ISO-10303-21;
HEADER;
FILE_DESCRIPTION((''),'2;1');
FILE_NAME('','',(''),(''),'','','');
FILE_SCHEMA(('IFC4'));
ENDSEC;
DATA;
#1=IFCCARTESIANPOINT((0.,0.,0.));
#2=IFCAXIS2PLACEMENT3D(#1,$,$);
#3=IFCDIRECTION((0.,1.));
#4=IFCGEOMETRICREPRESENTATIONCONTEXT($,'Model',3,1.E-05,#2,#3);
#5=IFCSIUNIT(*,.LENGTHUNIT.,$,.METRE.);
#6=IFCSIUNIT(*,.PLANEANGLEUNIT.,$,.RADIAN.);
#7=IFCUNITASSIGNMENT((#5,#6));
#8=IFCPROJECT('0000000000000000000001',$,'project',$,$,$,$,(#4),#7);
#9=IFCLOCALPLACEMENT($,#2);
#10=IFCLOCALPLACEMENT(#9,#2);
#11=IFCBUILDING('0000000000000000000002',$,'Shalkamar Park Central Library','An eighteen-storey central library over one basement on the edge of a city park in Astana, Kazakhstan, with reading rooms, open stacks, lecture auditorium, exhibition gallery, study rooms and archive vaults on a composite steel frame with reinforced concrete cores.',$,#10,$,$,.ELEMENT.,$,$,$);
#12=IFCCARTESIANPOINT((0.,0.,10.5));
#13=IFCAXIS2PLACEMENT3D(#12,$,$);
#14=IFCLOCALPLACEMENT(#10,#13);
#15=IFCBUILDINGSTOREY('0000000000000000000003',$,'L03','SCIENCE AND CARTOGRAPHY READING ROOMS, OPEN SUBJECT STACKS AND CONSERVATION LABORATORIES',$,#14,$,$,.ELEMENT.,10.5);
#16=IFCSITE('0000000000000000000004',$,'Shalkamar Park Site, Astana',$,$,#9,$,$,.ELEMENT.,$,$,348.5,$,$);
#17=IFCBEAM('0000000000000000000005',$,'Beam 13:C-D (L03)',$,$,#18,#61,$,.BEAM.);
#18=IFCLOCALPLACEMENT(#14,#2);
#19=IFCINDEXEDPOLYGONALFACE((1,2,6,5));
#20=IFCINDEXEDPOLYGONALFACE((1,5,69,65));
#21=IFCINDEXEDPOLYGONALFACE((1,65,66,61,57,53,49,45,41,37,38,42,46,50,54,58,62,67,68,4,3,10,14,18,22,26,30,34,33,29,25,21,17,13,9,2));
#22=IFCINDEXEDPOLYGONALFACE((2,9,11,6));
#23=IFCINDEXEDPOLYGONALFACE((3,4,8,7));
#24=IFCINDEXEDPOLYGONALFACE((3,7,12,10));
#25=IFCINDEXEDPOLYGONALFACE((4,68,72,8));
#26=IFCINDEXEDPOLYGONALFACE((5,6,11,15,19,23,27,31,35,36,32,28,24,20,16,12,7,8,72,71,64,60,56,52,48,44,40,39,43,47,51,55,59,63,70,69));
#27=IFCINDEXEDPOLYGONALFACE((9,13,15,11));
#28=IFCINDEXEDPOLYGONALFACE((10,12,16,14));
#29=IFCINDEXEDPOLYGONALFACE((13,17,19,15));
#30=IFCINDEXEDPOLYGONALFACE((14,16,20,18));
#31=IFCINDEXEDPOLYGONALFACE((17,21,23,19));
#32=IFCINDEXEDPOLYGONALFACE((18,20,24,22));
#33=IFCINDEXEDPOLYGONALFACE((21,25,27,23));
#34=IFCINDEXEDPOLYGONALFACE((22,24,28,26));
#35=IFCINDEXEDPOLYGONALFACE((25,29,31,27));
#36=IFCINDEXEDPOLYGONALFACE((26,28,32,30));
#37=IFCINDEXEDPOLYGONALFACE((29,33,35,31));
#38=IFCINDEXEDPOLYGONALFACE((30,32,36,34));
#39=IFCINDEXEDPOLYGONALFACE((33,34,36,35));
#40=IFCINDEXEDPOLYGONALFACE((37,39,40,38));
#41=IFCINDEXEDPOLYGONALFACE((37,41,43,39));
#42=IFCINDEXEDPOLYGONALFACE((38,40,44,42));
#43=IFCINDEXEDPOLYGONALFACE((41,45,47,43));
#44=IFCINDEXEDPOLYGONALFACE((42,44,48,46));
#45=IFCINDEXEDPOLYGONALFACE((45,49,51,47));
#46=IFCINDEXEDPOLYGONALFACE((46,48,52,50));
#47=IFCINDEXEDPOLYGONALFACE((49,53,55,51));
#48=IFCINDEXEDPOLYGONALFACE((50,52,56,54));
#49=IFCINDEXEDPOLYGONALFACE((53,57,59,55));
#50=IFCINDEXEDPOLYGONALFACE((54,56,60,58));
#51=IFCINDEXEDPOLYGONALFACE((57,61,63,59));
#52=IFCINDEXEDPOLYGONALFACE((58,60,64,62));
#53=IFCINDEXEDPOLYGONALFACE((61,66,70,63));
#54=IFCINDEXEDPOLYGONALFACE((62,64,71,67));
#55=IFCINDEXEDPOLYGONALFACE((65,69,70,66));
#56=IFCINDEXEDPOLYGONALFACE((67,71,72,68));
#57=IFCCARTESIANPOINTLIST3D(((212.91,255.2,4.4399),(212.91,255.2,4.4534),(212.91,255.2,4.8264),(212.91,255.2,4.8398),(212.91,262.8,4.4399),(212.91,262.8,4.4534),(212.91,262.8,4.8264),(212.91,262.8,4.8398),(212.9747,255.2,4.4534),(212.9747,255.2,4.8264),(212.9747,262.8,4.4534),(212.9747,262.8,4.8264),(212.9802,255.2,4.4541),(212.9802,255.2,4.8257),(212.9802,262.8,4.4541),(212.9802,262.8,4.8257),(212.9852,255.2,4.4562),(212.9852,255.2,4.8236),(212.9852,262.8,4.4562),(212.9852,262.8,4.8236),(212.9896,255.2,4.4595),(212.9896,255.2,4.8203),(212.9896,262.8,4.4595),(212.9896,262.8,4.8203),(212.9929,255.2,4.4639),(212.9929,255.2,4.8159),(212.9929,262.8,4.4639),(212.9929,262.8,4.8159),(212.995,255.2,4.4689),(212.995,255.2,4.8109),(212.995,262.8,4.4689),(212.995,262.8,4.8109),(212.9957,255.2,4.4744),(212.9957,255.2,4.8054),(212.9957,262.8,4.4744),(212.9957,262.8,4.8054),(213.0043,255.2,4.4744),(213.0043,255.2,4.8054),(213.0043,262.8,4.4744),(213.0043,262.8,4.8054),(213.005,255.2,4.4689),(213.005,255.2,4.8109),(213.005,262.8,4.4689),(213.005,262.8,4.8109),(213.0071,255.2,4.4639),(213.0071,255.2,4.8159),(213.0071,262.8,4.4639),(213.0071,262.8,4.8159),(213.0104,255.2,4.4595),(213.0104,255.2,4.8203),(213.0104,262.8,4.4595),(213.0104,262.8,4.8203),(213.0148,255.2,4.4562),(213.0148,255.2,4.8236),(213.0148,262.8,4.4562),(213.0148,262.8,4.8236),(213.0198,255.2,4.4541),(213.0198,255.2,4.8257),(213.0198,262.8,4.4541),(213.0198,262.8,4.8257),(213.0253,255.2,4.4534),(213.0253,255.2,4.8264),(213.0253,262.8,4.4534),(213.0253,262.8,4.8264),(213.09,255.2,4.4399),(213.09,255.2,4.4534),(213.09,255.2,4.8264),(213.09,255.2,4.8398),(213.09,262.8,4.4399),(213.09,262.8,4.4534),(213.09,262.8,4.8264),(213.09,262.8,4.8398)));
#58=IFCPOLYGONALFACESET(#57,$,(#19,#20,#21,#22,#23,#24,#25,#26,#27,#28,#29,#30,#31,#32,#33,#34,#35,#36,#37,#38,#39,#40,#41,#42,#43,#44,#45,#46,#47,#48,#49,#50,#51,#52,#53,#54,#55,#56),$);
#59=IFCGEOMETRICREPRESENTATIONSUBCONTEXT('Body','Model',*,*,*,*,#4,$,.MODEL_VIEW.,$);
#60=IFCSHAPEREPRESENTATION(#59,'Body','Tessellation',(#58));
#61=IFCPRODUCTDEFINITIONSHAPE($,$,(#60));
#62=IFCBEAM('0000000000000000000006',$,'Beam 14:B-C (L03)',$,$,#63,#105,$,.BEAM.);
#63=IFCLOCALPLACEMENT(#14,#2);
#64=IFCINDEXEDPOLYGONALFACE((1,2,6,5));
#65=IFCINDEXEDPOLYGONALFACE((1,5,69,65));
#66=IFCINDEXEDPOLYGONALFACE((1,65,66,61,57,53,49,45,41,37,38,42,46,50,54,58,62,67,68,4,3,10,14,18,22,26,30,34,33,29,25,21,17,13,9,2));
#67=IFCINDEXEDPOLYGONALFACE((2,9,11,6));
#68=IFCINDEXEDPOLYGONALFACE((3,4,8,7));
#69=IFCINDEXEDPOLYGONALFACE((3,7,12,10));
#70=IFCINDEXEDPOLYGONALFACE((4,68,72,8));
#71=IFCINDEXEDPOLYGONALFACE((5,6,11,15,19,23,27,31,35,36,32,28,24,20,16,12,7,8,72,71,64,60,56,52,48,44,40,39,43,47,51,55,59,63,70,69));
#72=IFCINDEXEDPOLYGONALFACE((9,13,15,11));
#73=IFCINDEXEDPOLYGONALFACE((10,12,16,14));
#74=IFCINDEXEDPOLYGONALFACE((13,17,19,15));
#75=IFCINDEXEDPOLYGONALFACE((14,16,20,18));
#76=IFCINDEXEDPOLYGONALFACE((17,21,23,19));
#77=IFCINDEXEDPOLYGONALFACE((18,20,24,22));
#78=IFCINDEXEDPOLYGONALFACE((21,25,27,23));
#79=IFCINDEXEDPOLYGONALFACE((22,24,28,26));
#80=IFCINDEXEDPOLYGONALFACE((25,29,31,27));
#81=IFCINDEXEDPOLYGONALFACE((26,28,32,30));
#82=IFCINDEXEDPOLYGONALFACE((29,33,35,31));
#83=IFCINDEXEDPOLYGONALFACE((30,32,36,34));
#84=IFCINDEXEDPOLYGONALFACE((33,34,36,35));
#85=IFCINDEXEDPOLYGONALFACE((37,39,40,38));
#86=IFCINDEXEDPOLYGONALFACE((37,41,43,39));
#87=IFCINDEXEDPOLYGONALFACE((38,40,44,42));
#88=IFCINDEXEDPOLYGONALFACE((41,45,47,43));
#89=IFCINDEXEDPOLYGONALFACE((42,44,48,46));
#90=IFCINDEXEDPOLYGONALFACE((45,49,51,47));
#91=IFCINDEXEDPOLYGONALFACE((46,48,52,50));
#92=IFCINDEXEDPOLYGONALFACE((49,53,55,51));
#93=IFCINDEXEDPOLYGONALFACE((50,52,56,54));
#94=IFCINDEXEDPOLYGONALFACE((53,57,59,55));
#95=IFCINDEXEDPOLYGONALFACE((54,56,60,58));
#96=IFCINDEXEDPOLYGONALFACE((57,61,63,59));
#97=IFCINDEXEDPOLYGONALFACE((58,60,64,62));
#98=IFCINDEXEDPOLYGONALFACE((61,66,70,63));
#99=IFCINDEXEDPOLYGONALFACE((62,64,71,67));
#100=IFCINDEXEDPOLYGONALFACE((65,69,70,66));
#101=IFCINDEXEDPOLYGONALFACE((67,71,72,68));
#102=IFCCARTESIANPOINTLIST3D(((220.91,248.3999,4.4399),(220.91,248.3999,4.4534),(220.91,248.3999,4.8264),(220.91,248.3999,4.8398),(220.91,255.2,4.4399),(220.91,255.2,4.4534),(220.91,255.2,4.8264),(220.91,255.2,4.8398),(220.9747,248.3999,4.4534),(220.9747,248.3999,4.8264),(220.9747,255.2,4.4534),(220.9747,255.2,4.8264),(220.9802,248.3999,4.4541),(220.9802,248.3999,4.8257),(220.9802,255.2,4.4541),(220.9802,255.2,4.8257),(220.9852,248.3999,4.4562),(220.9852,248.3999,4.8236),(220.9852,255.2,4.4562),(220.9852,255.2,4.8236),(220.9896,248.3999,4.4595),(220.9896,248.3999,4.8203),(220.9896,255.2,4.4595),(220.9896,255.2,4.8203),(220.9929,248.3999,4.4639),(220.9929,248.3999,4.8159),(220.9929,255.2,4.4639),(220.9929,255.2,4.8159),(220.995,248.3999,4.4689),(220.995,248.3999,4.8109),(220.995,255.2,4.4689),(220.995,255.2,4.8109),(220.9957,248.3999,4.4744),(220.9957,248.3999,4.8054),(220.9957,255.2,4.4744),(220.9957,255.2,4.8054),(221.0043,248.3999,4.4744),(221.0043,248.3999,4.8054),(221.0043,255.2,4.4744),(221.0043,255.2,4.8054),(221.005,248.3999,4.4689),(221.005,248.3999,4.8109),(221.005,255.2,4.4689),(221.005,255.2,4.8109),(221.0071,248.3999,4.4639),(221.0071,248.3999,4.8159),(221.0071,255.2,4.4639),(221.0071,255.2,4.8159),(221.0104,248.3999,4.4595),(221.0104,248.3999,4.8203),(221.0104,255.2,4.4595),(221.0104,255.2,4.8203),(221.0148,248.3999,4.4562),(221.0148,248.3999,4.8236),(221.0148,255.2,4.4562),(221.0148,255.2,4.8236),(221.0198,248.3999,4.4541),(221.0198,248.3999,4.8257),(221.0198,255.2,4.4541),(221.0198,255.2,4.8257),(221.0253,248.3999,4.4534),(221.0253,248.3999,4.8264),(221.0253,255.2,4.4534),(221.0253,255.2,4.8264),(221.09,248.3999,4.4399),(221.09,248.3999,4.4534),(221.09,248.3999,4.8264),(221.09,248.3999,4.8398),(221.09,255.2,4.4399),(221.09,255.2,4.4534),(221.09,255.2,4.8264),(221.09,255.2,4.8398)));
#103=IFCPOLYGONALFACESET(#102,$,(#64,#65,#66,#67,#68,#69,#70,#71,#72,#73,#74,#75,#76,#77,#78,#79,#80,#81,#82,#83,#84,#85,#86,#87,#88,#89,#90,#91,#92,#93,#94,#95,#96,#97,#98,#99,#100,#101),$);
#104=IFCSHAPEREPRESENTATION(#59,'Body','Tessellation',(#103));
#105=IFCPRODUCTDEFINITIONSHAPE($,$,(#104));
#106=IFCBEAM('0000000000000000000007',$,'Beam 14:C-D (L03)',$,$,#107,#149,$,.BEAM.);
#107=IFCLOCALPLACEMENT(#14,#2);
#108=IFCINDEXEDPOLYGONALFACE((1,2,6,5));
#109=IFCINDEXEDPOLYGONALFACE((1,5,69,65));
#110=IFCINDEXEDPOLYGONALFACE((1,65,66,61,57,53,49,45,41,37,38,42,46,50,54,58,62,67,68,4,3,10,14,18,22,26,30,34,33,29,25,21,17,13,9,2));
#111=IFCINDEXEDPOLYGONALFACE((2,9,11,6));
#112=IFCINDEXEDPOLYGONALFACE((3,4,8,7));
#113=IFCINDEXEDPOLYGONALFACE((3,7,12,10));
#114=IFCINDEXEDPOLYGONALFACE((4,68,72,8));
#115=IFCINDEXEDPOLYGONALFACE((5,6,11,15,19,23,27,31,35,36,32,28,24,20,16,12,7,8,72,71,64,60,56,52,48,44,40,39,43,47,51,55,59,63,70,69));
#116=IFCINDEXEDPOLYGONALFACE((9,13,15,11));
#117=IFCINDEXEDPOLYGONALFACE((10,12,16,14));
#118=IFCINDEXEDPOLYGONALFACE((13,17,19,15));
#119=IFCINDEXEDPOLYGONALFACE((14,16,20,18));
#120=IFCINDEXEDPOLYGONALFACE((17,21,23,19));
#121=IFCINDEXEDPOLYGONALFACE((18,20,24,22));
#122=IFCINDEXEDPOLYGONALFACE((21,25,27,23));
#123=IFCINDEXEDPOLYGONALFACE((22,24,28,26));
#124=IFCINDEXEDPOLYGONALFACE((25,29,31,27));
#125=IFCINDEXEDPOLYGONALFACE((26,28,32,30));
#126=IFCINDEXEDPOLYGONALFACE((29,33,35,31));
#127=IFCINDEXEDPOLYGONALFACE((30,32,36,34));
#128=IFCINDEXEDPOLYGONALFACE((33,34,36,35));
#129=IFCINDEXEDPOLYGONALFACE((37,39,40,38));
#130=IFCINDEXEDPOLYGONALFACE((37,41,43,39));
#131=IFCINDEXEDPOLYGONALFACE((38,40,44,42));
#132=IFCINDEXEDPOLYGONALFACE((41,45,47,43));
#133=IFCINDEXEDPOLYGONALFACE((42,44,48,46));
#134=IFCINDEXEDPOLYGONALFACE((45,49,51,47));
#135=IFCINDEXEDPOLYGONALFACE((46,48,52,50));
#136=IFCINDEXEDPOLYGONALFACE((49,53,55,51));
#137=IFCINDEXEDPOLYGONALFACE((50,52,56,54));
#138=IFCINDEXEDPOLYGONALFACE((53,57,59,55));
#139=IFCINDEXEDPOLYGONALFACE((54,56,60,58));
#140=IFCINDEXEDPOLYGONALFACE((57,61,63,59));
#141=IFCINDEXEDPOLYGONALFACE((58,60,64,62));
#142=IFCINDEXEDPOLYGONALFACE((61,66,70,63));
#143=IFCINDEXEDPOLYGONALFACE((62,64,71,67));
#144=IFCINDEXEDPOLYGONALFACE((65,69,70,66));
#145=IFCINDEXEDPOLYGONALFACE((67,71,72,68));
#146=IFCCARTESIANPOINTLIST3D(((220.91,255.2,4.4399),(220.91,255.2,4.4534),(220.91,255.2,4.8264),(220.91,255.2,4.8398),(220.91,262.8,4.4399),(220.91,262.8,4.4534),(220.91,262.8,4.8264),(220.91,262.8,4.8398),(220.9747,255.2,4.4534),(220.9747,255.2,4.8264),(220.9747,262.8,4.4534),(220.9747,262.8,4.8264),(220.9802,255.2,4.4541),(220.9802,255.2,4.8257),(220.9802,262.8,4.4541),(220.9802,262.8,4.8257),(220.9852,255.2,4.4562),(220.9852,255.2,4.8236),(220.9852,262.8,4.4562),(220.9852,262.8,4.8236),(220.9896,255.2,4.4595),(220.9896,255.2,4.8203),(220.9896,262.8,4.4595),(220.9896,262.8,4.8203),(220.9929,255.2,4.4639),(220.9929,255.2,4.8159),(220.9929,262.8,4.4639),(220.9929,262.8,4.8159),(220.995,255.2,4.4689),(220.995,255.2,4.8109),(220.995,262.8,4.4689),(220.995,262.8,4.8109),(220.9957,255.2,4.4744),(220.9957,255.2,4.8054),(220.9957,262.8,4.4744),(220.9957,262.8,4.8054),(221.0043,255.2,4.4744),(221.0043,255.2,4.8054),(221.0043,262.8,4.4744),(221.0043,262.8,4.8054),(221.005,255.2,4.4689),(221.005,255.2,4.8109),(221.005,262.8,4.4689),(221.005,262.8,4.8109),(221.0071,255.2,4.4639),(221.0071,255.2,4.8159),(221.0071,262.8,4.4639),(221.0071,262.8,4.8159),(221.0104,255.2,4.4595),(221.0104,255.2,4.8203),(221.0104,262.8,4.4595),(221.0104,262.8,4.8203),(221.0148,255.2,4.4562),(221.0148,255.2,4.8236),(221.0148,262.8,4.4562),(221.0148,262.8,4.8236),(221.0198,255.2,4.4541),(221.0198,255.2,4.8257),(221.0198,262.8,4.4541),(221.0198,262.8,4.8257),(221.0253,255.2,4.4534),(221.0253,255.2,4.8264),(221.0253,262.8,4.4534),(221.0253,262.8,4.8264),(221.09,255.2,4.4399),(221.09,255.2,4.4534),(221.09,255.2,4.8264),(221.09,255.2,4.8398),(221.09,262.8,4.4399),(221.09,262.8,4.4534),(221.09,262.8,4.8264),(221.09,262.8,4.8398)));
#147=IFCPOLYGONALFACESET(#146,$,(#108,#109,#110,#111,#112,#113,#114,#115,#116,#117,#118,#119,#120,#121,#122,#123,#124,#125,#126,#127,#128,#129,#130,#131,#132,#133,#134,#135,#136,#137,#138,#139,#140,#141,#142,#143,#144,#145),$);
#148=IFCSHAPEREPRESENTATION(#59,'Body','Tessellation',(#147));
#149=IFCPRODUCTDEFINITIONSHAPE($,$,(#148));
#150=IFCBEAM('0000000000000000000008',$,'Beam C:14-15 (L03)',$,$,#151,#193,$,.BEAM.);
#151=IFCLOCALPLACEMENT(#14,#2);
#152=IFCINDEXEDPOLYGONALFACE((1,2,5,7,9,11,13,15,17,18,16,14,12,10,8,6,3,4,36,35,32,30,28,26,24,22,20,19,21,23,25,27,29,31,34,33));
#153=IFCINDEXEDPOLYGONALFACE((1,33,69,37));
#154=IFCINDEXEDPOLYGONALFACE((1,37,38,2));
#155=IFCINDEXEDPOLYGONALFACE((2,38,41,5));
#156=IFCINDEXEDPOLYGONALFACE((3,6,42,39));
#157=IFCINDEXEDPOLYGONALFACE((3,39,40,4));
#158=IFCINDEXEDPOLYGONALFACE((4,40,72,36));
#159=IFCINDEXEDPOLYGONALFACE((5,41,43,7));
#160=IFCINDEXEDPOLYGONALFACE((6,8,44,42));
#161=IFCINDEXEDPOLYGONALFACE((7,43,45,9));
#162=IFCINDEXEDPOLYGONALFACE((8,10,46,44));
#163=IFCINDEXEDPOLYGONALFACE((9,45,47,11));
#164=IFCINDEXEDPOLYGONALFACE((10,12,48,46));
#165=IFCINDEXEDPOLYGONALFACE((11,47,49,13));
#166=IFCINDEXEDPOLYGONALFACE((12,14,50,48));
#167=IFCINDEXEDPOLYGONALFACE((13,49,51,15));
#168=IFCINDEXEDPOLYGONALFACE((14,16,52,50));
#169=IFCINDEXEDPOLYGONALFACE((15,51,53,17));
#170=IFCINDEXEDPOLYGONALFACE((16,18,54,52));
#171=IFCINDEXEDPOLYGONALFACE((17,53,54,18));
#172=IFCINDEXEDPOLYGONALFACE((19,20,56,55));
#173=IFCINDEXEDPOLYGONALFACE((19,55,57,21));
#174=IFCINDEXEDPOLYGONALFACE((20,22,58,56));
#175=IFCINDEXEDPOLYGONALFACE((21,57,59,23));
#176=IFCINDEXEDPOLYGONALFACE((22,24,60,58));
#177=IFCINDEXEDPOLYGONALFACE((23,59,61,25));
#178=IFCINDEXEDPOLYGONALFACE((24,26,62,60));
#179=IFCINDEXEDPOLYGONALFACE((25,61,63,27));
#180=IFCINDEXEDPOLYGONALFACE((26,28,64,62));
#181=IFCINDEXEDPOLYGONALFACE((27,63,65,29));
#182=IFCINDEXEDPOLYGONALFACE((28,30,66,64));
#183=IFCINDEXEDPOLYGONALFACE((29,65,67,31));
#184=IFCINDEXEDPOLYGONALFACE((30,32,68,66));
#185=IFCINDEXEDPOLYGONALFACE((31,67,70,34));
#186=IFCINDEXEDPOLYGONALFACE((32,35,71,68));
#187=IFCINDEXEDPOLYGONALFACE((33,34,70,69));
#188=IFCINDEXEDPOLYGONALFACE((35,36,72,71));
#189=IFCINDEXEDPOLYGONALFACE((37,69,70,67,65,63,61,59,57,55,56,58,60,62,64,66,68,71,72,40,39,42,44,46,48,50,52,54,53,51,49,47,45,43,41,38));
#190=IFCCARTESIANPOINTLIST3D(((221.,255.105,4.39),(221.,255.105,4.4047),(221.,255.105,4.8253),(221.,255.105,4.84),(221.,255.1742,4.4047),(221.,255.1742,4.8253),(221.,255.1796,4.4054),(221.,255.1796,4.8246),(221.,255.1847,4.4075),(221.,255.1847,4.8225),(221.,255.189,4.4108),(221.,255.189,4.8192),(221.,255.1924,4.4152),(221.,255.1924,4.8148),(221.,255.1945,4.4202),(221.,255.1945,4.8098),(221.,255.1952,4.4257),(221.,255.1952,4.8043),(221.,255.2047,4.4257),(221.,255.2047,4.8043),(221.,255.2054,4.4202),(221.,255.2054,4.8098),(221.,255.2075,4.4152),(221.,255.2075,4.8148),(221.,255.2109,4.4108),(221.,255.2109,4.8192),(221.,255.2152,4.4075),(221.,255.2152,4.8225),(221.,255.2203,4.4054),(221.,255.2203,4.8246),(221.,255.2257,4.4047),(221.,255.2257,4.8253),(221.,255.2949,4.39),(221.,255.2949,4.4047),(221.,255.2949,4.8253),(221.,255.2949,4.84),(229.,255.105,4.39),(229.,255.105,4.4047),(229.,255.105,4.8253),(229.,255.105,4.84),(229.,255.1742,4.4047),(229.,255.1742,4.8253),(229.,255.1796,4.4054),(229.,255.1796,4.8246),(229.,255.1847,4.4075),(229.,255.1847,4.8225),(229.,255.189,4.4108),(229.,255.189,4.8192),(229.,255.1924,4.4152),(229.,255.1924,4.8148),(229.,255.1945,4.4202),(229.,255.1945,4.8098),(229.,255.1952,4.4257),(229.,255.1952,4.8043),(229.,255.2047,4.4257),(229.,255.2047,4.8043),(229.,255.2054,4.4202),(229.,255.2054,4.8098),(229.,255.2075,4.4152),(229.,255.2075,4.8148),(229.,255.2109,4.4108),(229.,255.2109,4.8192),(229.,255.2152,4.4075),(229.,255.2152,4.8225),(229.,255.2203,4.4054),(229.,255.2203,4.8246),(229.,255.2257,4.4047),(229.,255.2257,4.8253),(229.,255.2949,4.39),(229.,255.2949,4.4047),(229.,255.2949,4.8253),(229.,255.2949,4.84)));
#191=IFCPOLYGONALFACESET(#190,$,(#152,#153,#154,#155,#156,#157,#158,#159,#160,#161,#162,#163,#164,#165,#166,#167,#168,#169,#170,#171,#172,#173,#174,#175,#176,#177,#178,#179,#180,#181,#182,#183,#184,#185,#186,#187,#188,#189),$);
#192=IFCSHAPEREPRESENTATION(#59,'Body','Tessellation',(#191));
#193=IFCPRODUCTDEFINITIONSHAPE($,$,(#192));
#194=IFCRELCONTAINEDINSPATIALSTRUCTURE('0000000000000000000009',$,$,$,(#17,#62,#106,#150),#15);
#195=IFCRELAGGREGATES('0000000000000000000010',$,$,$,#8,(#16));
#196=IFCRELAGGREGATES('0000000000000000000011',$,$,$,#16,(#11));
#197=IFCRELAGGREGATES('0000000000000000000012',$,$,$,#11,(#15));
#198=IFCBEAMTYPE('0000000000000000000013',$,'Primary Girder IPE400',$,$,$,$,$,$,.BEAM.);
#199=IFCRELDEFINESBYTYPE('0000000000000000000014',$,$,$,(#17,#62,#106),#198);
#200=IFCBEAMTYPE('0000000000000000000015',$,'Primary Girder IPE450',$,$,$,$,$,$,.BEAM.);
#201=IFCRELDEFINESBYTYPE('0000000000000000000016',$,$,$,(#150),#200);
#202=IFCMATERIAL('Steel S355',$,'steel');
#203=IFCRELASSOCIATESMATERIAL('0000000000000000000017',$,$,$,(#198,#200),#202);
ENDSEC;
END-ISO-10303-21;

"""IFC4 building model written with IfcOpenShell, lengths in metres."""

from ifc_helpers import new_model, si_unit, direction, frame, origin, origin_2d, place, context, subcontext, project, spatial, i_section, extrude, material, material_profile, profile_set, type_object, element, save


model = new_model("IFC4")

# Units and contexts
model_context = context("Model", 3, precision=1e-05, world=origin(), true_north=direction((0.0, 1.0)))
body_context = subcontext(model_context, "Body", "Model", "MODEL_VIEW")
ifc_project = project(units=[si_unit("LENGTHUNIT", "METRE"), si_unit("PLANEANGLEUNIT", "RADIAN")], contexts=[model_context])

# Site, building, storey
site_placement = place(None, origin())
site = spatial("IfcSite", under=ifc_project, at=site_placement, Name="Shalkamar Park Site, Astana", CompositionType="ELEMENT", RefElevation=348.5)
building_placement = place(site_placement, origin())
building = spatial("IfcBuilding", under=site, at=building_placement, Name="Shalkamar Park Central Library", Description="An eighteen-storey central library over one basement on the edge of a city park in Astana, Kazakhstan, with reading rooms, open stacks, lecture auditorium, exhibition gallery, study rooms and archive vaults on a composite steel frame with reinforced concrete cores.", CompositionType="ELEMENT")
storey_placement = place(building_placement, frame((0.0, 0.0, 10.5)))
storey = spatial("IfcBuildingStorey", under=building, at=storey_placement, Name="L03", Description="SCIENCE AND CARTOGRAPHY READING ROOMS, OPEN SUBJECT STACKS AND CONSERVATION LABORATORIES", CompositionType="ELEMENT", Elevation=10.5)

# Shared definitions
ifc_material_1 = material(Name="Steel S355", Category="steel")

# Beams
ifc_material_profile_1 = material_profile(ifc_material_1, i_section(OverallWidth=0.1799, OverallDepth=0.3999, WebThickness=0.0085, FlangeThickness=0.0134, FilletRadius=0.021, at=origin_2d()), Name="IPE 400")
ifc_profile_set_1 = profile_set([ifc_material_profile_1], Name="Steel S355")
beam_type_1 = type_object("IfcBeamType", Name="Primary Girder IPE400", PredefinedType="BEAM", material=ifc_profile_set_1)
beam_1_placement = place(storey_placement, frame((213.0, 255.2, 4.6399), z_axis=(0.0, 1.0, 0.0), x_axis=(-1.0, 0.0, 0.0)))
element("IfcBeam", 1, at=beam_1_placement, inside=storey, type_object=beam_type_1, Name="Beam 13:C-D (L03)", PredefinedType="BEAM", context=body_context, shape_type="SweptSolid", body=[
    extrude(i_section(OverallWidth=0.1799, OverallDepth=0.3999, WebThickness=0.0085, FlangeThickness=0.0134, FilletRadius=0.021, at=origin_2d()), origin(), (0.0, 0.0, 1.0), 7.6001),
])
beam_2_placement = place(storey_placement, frame((221.0, 248.3999, 4.6399), z_axis=(0.0, 1.0, 0.0), x_axis=(-1.0, 0.0, 0.0)))
element("IfcBeam", 2, at=beam_2_placement, inside=storey, type_object=beam_type_1, Name="Beam 14:B-C (L03)", PredefinedType="BEAM", context=body_context, shape_type="SweptSolid", body=[
    extrude(i_section(OverallWidth=0.1799, OverallDepth=0.3999, WebThickness=0.0085, FlangeThickness=0.0134, FilletRadius=0.021, at=origin_2d()), origin(), (0.0, 0.0, 1.0), 6.8),
])
beam_3_placement = place(storey_placement, frame((221.0, 255.2, 4.6399), z_axis=(0.0, 1.0, 0.0), x_axis=(-1.0, 0.0, 0.0)))
element("IfcBeam", 3, at=beam_3_placement, inside=storey, type_object=beam_type_1, Name="Beam 14:C-D (L03)", PredefinedType="BEAM", context=body_context, shape_type="SweptSolid", body=[
    extrude(i_section(OverallWidth=0.1799, OverallDepth=0.3999, WebThickness=0.0085, FlangeThickness=0.0134, FilletRadius=0.021, at=origin_2d()), origin(), (0.0, 0.0, 1.0), 7.6001),
])
ifc_material_profile_2 = material_profile(ifc_material_1, i_section(OverallWidth=0.1899, OverallDepth=0.45, WebThickness=0.0095, FlangeThickness=0.0146, FilletRadius=0.021, at=origin_2d()), Name="IPE 450")
ifc_profile_set_2 = profile_set([ifc_material_profile_2], Name="Steel S355")
beam_type_2 = type_object("IfcBeamType", Name="Primary Girder IPE450", PredefinedType="BEAM", material=ifc_profile_set_2)
for number, where, z_axis, x_axis, name in (
    (4, (221.0, 255.2, 4.615), (1.0, 0.0, 0.0), (0.0, 1.0, 0.0), "Beam C:14-15 (L03)"),
):
    element("IfcBeam", number, at=place(storey_placement, frame(where, z_axis=z_axis, x_axis=x_axis)), inside=storey, type_object=beam_type_2, Name=name, PredefinedType="BEAM", context=body_context, shape_type="SweptSolid", body=[
        extrude(i_section(OverallWidth=0.1899, OverallDepth=0.45, WebThickness=0.0095, FlangeThickness=0.0146, FilletRadius=0.021, at=origin_2d()), origin(), (0.0, 0.0, 1.0), 8.0),
    ])

save(model, "model.ifc")
